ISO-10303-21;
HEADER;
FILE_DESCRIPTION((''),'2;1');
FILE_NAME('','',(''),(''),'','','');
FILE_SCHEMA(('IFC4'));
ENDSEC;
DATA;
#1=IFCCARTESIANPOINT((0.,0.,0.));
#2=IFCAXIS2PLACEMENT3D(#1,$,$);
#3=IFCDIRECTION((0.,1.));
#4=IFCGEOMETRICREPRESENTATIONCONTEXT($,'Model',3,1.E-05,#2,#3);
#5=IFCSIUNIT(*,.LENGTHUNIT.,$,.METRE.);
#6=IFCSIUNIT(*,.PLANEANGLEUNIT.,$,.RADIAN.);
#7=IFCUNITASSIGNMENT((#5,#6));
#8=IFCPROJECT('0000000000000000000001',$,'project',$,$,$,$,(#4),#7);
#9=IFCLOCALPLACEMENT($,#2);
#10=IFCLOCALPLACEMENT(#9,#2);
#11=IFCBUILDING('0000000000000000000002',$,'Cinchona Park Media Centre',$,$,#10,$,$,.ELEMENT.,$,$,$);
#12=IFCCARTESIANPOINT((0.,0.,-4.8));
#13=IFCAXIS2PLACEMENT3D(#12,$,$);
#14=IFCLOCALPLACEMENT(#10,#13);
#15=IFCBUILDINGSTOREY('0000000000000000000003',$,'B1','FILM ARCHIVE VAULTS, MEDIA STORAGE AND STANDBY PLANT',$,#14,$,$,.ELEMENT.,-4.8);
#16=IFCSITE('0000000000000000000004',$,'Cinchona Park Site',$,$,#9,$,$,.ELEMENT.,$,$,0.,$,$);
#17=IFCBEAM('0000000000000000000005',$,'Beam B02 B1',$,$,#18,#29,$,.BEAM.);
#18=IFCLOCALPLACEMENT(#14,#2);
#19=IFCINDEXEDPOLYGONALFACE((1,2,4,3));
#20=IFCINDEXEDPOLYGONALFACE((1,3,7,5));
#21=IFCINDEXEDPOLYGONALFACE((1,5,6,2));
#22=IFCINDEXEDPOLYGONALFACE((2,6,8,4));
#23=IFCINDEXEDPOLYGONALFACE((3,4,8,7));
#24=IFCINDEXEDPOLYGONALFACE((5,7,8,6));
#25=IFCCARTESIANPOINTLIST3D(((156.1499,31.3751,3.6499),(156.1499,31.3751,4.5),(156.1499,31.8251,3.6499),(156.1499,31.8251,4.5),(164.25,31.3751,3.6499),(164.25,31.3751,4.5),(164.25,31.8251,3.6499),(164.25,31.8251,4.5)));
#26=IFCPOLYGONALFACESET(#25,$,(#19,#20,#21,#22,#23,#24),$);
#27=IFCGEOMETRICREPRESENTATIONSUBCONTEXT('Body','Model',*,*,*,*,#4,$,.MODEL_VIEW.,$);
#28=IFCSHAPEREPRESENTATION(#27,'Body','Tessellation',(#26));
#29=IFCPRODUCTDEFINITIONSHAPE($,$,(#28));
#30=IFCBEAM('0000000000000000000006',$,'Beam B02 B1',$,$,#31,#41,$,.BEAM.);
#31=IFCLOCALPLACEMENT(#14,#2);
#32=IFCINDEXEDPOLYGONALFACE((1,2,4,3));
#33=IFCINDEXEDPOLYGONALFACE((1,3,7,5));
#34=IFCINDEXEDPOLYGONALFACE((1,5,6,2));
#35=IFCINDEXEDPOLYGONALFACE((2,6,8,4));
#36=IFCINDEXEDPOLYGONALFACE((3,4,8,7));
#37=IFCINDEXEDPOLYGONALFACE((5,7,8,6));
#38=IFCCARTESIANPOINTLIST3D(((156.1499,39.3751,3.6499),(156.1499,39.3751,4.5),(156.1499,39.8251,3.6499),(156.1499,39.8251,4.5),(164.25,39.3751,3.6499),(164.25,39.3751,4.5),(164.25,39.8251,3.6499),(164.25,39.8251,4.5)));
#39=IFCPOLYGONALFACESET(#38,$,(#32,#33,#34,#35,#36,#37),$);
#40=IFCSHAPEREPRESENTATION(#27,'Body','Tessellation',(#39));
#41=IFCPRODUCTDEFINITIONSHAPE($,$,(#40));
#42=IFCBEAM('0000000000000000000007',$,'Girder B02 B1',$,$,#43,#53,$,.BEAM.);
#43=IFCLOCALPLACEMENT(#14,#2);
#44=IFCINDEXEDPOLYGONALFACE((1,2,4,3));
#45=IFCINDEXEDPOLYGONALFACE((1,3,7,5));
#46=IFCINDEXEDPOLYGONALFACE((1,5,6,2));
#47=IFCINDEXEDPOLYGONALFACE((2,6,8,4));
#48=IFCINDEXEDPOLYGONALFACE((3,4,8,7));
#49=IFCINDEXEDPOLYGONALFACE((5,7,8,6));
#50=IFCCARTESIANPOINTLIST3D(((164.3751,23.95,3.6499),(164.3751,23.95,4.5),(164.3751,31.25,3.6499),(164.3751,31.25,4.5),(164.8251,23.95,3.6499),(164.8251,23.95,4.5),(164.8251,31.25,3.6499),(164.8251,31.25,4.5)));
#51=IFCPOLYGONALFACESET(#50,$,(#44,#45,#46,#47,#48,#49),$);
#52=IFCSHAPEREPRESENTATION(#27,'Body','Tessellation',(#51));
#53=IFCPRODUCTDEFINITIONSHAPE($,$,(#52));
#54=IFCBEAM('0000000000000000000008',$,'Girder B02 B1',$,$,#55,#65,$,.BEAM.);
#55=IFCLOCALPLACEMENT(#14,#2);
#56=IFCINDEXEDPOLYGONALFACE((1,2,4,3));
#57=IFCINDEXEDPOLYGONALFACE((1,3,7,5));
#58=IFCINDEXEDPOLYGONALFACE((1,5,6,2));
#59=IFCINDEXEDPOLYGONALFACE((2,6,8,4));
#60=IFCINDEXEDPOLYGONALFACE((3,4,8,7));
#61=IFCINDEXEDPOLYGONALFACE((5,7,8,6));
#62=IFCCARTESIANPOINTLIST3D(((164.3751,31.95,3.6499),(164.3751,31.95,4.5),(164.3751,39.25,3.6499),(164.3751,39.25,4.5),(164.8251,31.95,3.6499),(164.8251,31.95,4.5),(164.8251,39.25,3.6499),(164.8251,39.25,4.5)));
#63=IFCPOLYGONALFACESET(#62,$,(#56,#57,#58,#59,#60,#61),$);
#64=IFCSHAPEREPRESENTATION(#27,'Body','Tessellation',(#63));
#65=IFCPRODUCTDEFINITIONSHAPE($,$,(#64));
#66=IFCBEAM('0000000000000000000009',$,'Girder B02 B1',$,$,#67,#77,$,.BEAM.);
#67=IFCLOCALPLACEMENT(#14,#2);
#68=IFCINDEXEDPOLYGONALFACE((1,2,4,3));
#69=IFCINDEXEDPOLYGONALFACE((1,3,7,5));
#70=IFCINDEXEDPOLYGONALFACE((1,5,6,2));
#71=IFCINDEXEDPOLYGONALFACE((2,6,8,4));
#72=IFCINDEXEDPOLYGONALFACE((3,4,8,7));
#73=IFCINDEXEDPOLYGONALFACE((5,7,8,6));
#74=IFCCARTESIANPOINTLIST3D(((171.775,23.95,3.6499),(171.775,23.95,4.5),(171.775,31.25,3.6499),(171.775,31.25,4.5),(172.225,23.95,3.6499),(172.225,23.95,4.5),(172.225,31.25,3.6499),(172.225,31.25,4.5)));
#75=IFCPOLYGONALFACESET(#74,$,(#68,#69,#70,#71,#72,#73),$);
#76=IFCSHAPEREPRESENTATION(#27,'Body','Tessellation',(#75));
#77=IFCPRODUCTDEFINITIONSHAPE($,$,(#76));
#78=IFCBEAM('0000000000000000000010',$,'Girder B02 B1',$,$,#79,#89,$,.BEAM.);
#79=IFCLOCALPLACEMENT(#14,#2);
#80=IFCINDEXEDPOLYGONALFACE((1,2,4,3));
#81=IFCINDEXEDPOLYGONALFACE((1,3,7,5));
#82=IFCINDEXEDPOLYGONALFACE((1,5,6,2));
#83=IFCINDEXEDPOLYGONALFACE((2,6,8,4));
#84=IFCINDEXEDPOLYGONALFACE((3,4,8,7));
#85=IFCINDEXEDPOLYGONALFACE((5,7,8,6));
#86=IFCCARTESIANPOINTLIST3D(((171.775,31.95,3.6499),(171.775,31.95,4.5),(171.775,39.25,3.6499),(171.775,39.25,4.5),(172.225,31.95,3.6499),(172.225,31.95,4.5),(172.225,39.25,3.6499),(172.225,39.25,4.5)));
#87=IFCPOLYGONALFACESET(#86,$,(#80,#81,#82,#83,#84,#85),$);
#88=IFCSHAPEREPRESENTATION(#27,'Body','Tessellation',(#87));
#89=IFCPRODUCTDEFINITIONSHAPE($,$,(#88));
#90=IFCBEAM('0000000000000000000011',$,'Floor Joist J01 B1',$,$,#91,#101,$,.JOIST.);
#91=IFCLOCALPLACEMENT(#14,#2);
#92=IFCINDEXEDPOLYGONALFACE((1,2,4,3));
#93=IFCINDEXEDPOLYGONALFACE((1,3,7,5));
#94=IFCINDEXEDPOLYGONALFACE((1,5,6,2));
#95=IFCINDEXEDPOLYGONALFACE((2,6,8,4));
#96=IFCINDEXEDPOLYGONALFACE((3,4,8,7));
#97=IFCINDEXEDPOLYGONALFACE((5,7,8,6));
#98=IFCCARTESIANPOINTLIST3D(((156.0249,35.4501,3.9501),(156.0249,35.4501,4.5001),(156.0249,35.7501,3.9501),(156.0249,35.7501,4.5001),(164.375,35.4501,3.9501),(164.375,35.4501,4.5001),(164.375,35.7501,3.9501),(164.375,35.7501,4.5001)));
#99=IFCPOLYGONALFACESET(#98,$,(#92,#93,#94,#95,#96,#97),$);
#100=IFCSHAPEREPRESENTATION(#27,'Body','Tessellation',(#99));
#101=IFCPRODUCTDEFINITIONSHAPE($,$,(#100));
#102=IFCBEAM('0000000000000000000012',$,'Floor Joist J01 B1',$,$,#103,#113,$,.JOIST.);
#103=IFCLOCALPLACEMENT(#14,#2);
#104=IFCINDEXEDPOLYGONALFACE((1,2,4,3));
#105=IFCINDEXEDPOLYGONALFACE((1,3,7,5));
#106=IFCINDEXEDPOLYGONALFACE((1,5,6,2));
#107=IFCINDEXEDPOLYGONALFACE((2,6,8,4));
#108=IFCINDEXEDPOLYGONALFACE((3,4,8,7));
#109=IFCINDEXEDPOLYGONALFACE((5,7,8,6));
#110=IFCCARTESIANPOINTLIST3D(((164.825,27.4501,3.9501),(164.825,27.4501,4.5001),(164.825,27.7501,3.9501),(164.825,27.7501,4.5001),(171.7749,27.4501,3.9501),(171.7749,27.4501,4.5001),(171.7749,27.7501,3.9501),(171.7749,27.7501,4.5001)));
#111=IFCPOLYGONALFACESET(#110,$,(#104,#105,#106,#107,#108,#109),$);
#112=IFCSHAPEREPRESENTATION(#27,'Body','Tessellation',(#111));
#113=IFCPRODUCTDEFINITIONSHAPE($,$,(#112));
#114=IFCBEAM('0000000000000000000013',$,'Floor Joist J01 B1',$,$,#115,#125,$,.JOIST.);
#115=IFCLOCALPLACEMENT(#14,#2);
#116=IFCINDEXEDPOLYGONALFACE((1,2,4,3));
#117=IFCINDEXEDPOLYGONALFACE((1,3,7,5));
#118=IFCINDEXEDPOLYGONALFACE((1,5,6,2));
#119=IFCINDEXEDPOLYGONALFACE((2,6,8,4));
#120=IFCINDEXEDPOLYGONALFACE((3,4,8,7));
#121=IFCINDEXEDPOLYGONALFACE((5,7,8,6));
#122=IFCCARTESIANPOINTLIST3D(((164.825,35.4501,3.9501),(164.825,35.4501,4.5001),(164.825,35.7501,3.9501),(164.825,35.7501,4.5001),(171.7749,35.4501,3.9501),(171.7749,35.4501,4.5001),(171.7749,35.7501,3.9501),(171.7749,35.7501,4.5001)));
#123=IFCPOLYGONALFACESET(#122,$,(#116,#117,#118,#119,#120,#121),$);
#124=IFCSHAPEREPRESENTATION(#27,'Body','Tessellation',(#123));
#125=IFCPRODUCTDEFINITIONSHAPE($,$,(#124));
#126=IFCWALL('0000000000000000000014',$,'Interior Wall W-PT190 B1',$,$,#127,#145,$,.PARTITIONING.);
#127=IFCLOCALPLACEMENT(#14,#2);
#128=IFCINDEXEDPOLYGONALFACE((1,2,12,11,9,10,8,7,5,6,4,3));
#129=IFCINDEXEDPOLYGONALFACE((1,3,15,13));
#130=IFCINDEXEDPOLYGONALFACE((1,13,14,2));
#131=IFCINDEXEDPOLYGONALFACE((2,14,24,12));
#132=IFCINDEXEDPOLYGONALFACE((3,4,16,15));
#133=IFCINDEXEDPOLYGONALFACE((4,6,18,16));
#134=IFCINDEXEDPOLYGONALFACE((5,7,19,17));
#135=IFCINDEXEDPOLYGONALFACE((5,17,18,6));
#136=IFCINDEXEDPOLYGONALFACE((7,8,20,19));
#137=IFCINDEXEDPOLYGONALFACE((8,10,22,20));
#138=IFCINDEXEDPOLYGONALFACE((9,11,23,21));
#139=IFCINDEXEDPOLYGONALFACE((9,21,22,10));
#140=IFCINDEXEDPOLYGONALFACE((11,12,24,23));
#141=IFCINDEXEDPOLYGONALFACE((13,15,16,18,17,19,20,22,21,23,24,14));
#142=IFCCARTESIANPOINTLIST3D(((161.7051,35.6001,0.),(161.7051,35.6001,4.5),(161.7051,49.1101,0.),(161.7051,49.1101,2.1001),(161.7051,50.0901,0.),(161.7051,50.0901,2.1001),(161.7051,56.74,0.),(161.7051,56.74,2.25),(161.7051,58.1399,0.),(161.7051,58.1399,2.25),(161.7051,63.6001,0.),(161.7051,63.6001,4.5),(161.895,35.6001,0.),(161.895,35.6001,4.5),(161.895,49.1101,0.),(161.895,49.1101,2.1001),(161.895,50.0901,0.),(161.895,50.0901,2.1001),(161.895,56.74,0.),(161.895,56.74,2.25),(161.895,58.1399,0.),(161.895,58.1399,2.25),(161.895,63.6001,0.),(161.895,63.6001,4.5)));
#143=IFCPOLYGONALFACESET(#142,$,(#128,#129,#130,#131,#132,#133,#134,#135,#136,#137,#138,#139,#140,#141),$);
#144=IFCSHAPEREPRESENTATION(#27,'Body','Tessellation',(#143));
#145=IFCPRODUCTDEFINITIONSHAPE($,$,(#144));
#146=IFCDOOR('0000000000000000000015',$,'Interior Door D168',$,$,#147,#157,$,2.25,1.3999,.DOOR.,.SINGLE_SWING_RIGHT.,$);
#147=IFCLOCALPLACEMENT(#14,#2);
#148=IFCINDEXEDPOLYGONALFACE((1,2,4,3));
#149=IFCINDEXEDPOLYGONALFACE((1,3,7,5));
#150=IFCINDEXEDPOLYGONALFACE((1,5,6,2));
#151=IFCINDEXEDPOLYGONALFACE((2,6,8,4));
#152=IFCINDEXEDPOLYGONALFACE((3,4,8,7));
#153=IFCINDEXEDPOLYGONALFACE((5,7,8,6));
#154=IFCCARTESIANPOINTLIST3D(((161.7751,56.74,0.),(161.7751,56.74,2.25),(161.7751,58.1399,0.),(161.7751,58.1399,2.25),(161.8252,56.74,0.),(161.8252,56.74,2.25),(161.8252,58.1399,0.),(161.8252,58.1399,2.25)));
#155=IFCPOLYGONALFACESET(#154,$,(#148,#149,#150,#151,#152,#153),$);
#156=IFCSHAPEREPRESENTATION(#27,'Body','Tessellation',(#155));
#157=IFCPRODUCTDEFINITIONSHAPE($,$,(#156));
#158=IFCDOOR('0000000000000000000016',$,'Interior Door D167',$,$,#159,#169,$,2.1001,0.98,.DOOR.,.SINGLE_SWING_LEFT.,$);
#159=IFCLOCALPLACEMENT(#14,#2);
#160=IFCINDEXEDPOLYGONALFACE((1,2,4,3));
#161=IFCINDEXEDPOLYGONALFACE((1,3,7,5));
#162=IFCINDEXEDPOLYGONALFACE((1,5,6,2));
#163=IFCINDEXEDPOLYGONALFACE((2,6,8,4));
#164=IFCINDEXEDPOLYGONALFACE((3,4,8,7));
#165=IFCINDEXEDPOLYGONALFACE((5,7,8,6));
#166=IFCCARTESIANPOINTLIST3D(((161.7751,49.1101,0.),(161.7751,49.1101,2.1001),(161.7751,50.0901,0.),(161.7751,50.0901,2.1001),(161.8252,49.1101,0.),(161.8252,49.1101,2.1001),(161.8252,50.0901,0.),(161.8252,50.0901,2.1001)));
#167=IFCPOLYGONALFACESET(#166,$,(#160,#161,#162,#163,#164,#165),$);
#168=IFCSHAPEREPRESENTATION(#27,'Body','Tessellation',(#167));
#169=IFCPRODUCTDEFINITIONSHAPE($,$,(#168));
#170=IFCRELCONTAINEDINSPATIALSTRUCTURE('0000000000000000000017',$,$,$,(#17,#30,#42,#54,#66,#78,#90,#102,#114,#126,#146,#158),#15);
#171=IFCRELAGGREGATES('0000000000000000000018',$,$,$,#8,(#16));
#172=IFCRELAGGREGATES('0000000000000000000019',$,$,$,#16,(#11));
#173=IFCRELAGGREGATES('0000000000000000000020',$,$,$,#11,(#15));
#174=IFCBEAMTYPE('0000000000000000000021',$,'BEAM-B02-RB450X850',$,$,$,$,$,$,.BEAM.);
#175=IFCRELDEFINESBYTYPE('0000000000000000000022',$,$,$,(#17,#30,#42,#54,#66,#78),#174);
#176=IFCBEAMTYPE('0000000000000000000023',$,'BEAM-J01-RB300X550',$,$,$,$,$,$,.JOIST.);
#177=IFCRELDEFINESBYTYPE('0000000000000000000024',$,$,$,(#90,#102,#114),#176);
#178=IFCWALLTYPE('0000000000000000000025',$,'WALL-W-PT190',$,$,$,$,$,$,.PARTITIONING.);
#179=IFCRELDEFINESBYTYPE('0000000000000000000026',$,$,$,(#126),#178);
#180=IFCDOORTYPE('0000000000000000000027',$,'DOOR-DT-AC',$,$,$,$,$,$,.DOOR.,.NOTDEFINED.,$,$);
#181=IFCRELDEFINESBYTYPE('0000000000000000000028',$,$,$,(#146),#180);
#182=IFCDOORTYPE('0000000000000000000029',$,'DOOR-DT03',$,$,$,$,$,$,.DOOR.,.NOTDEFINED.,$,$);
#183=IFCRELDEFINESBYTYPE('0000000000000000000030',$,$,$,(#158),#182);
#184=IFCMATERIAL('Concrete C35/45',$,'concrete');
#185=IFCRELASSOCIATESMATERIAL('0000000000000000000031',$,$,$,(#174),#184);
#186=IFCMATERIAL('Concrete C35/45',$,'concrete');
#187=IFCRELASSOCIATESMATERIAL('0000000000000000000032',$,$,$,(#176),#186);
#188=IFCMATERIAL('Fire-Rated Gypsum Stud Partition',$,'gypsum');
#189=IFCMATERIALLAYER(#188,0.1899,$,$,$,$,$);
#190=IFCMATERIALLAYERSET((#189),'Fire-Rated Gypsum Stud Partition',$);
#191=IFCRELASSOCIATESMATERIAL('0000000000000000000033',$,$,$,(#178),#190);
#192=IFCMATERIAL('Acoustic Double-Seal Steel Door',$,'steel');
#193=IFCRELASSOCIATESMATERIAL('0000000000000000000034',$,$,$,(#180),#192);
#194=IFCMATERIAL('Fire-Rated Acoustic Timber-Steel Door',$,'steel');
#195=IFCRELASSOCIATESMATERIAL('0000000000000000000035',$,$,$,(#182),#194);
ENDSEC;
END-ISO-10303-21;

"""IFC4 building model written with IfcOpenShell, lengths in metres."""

from ifc_helpers import new_model, si_unit, direction, frame, frame_2d, origin, origin_2d, place, context, subcontext, project, spatial, rectangle, extrude, material, layer, layer_set, material_profile, profile_set, type_object, element, fill, save


model = new_model("IFC4")

# Units and contexts
model_context = context("Model", 3, precision=1e-05, world=origin(), true_north=direction((0.0, 1.0)))
body_context = subcontext(model_context, "Body", "Model", "MODEL_VIEW")
ifc_project = project(units=[si_unit("LENGTHUNIT", "METRE"), si_unit("PLANEANGLEUNIT", "RADIAN")], contexts=[model_context])

# Site, building, storey
site_placement = place(None, origin())
site = spatial("IfcSite", under=ifc_project, at=site_placement, Name="Cinchona Park Site", CompositionType="ELEMENT", RefElevation=0.0)
building_placement = place(site_placement, origin())
building = spatial("IfcBuilding", under=site, at=building_placement, Name="Cinchona Park Media Centre", CompositionType="ELEMENT")
storey_placement = place(building_placement, frame((0.0, 0.0, -4.8)))
storey = spatial("IfcBuildingStorey", under=building, at=storey_placement, Name="B1", Description="FILM ARCHIVE VAULTS, MEDIA STORAGE AND STANDBY PLANT", CompositionType="ELEMENT", Elevation=-4.8)

# Beams
ifc_material_1 = material(Name="Concrete C35/45", Category="concrete")
ifc_material_profile_1 = material_profile(ifc_material_1, rectangle(XDim=0.45, YDim=0.8501, at=origin_2d()), Name="RB 450X850")
ifc_profile_set_1 = profile_set([ifc_material_profile_1], Name="Concrete C35/45")
beam_type_1 = type_object("IfcBeamType", Name="BEAM-B02-RB450X850", PredefinedType="BEAM", material=ifc_profile_set_1)
for number, where, z_axis, x_axis, name in (
    (1, (156.1499, 31.6001, 4.075), (1.0, 0.0, 0.0), (0.0, 1.0, 0.0), "Beam B02 B1"),
    (2, (156.1499, 39.6001, 4.075), (1.0, 0.0, 0.0), (0.0, 1.0, 0.0), "Beam B02 B1"),
):
    element("IfcBeam", number, at=place(storey_placement, frame(where, z_axis=z_axis, x_axis=x_axis)), inside=storey, type_object=beam_type_1, Name=name, PredefinedType="BEAM", context=body_context, shape_type="SweptSolid", body=[
        extrude(rectangle(XDim=0.45, YDim=0.8501, at=origin_2d()), origin(), (0.0, 0.0, 1.0), 8.1001),
    ])
for number, where, z_axis, x_axis, name in (
    (3, (164.6001, 23.95, 4.075), (0.0, 1.0, 0.0), (-1.0, 0.0, 0.0), "Girder B02 B1"),
    (4, (164.6001, 31.95, 4.075), (0.0, 1.0, 0.0), (-1.0, 0.0, 0.0), "Girder B02 B1"),
    (5, (172.0, 23.95, 4.075), (0.0, 1.0, 0.0), (-1.0, 0.0, 0.0), "Girder B02 B1"),
    (6, (172.0, 31.95, 4.075), (0.0, 1.0, 0.0), (-1.0, 0.0, 0.0), "Girder B02 B1"),
):
    element("IfcBeam", number, at=place(storey_placement, frame(where, z_axis=z_axis, x_axis=x_axis)), inside=storey, type_object=beam_type_1, Name=name, PredefinedType="BEAM", context=body_context, shape_type="SweptSolid", body=[
        extrude(rectangle(XDim=0.45, YDim=0.8501, at=origin_2d()), origin(), (0.0, 0.0, 1.0), 7.3),
    ])
ifc_material_2 = material(Name="Concrete C35/45", Category="concrete")
ifc_material_profile_2 = material_profile(ifc_material_2, rectangle(XDim=0.3, YDim=0.55, at=origin_2d()), Name="RB 300X550")
ifc_profile_set_2 = profile_set([ifc_material_profile_2], Name="Concrete C35/45")
beam_type_2 = type_object("IfcBeamType", Name="BEAM-J01-RB300X550", PredefinedType="JOIST", material=ifc_profile_set_2)
beam_placement = place(storey_placement, frame((156.0249, 35.6001, 4.2251), z_axis=(1.0, 0.0, 0.0), x_axis=(0.0, 1.0, 0.0)))
element("IfcBeam", 7, at=beam_placement, inside=storey, type_object=beam_type_2, Name="Floor Joist J01 B1", PredefinedType="JOIST", context=body_context, shape_type="SweptSolid", body=[
    extrude(rectangle(XDim=0.3, YDim=0.55, at=origin_2d()), origin(), (0.0, 0.0, 1.0), 8.3501),
])
for number, where, z_axis, x_axis, name in (
    (8, (164.825, 27.6001, 4.2251), (1.0, 0.0, 0.0), (0.0, 1.0, 0.0), "Floor Joist J01 B1"),
    (9, (164.825, 35.6001, 4.2251), (1.0, 0.0, 0.0), (0.0, 1.0, 0.0), "Floor Joist J01 B1"),
):
    element("IfcBeam", number, at=place(storey_placement, frame(where, z_axis=z_axis, x_axis=x_axis)), inside=storey, type_object=beam_type_2, Name=name, PredefinedType="JOIST", context=body_context, shape_type="SweptSolid", body=[
        extrude(rectangle(XDim=0.3, YDim=0.55, at=origin_2d()), origin(), (0.0, 0.0, 1.0), 6.95),
    ])

# Wall, openings, doors
ifc_material_3 = material(Name="Fire-Rated Gypsum Stud Partition", Category="gypsum")
ifc_layer_1 = layer(ifc_material_3, 0.1899)
ifc_layer_set_1 = layer_set([ifc_layer_1], Name="Fire-Rated Gypsum Stud Partition")
wall_type = type_object("IfcWallType", Name="WALL-W-PT190", PredefinedType="PARTITIONING", material=ifc_layer_set_1)
wall_placement = place(storey_placement, frame((161.8, 35.6001, 0.0), z_axis=(0.0, 0.0, 1.0), x_axis=(0.0, 1.0, 0.0)))
wall = element("IfcWall", 10, at=wall_placement, inside=storey, type_object=wall_type, Name="Interior Wall W-PT190 B1", PredefinedType="PARTITIONING", context=body_context, shape_type="SweptSolid", body=[
    extrude(rectangle(XDim=28.0, YDim=0.1899, at=frame_2d((14.0, 0.0))), origin(), (0.0, 0.0, 1.0), 4.5),
])
opening_1_placement = place(wall_placement, frame((13.51, 0.0, 0.0)))
opening_1 = element("IfcOpeningElement", 11, at=opening_1_placement, cuts=wall, PredefinedType="OPENING", context=body_context, shape_type="SweptSolid", body=[
    extrude(rectangle(XDim=0.98, YDim=2.1001, at=frame_2d((0.49, 1.05))), frame((0.0, 0.105, 0.0), z_axis=(0.0, -1.0, 0.0), x_axis=(1.0, 0.0, 0.0)), (0.0, 0.0, 1.0), 0.21),
])
opening_2_placement = place(wall_placement, frame((21.1399, 0.0, 0.0)))
opening_2 = element("IfcOpeningElement", 12, at=opening_2_placement, cuts=wall, PredefinedType="OPENING", context=body_context, shape_type="SweptSolid", body=[
    extrude(rectangle(XDim=1.3999, YDim=2.25, at=frame_2d((0.7, 1.125))), frame((0.0, 0.105, 0.0), z_axis=(0.0, -1.0, 0.0), x_axis=(1.0, 0.0, 0.0)), (0.0, 0.0, 1.0), 0.21),
])
ifc_material_4 = material(Name="Acoustic Double-Seal Steel Door", Category="steel")
door_type_1 = type_object("IfcDoorType", Name="DOOR-DT-AC", OperationType="NOTDEFINED", PredefinedType="DOOR", material=ifc_material_4)
door_1_placement = place(opening_2_placement, origin())
door_1 = element("IfcDoor", 13, at=door_1_placement, inside=storey, type_object=door_type_1, Name="Interior Door D168", OperationType="SINGLE_SWING_RIGHT", OverallHeight=2.25, OverallWidth=1.3999, PredefinedType="DOOR", context=body_context, shape_type="SweptSolid", body=[
    extrude(rectangle(XDim=1.3999, YDim=2.25, at=frame_2d((0.7, 1.125))), frame((0.0, 0.0249, 0.0), z_axis=(0.0, -1.0, 0.0), x_axis=(1.0, 0.0, 0.0)), (0.0, 0.0, 1.0), 0.05),
])
fill(opening_2, door_1)
ifc_material_5 = material(Name="Fire-Rated Acoustic Timber-Steel Door", Category="steel")
door_type_2 = type_object("IfcDoorType", Name="DOOR-DT03", OperationType="NOTDEFINED", PredefinedType="DOOR", material=ifc_material_5)
door_2_placement = place(opening_1_placement, origin())
door_2 = element("IfcDoor", 14, at=door_2_placement, inside=storey, type_object=door_type_2, Name="Interior Door D167", OperationType="SINGLE_SWING_LEFT", OverallHeight=2.1001, OverallWidth=0.98, PredefinedType="DOOR", context=body_context, shape_type="SweptSolid", body=[
    extrude(rectangle(XDim=0.98, YDim=2.1001, at=frame_2d((0.49, 1.05))), frame((0.0, 0.0249, 0.0), z_axis=(0.0, -1.0, 0.0), x_axis=(1.0, 0.0, 0.0)), (0.0, 0.0, 1.0), 0.05),
])
fill(opening_1, door_2)

save(model, "model.ifc")
